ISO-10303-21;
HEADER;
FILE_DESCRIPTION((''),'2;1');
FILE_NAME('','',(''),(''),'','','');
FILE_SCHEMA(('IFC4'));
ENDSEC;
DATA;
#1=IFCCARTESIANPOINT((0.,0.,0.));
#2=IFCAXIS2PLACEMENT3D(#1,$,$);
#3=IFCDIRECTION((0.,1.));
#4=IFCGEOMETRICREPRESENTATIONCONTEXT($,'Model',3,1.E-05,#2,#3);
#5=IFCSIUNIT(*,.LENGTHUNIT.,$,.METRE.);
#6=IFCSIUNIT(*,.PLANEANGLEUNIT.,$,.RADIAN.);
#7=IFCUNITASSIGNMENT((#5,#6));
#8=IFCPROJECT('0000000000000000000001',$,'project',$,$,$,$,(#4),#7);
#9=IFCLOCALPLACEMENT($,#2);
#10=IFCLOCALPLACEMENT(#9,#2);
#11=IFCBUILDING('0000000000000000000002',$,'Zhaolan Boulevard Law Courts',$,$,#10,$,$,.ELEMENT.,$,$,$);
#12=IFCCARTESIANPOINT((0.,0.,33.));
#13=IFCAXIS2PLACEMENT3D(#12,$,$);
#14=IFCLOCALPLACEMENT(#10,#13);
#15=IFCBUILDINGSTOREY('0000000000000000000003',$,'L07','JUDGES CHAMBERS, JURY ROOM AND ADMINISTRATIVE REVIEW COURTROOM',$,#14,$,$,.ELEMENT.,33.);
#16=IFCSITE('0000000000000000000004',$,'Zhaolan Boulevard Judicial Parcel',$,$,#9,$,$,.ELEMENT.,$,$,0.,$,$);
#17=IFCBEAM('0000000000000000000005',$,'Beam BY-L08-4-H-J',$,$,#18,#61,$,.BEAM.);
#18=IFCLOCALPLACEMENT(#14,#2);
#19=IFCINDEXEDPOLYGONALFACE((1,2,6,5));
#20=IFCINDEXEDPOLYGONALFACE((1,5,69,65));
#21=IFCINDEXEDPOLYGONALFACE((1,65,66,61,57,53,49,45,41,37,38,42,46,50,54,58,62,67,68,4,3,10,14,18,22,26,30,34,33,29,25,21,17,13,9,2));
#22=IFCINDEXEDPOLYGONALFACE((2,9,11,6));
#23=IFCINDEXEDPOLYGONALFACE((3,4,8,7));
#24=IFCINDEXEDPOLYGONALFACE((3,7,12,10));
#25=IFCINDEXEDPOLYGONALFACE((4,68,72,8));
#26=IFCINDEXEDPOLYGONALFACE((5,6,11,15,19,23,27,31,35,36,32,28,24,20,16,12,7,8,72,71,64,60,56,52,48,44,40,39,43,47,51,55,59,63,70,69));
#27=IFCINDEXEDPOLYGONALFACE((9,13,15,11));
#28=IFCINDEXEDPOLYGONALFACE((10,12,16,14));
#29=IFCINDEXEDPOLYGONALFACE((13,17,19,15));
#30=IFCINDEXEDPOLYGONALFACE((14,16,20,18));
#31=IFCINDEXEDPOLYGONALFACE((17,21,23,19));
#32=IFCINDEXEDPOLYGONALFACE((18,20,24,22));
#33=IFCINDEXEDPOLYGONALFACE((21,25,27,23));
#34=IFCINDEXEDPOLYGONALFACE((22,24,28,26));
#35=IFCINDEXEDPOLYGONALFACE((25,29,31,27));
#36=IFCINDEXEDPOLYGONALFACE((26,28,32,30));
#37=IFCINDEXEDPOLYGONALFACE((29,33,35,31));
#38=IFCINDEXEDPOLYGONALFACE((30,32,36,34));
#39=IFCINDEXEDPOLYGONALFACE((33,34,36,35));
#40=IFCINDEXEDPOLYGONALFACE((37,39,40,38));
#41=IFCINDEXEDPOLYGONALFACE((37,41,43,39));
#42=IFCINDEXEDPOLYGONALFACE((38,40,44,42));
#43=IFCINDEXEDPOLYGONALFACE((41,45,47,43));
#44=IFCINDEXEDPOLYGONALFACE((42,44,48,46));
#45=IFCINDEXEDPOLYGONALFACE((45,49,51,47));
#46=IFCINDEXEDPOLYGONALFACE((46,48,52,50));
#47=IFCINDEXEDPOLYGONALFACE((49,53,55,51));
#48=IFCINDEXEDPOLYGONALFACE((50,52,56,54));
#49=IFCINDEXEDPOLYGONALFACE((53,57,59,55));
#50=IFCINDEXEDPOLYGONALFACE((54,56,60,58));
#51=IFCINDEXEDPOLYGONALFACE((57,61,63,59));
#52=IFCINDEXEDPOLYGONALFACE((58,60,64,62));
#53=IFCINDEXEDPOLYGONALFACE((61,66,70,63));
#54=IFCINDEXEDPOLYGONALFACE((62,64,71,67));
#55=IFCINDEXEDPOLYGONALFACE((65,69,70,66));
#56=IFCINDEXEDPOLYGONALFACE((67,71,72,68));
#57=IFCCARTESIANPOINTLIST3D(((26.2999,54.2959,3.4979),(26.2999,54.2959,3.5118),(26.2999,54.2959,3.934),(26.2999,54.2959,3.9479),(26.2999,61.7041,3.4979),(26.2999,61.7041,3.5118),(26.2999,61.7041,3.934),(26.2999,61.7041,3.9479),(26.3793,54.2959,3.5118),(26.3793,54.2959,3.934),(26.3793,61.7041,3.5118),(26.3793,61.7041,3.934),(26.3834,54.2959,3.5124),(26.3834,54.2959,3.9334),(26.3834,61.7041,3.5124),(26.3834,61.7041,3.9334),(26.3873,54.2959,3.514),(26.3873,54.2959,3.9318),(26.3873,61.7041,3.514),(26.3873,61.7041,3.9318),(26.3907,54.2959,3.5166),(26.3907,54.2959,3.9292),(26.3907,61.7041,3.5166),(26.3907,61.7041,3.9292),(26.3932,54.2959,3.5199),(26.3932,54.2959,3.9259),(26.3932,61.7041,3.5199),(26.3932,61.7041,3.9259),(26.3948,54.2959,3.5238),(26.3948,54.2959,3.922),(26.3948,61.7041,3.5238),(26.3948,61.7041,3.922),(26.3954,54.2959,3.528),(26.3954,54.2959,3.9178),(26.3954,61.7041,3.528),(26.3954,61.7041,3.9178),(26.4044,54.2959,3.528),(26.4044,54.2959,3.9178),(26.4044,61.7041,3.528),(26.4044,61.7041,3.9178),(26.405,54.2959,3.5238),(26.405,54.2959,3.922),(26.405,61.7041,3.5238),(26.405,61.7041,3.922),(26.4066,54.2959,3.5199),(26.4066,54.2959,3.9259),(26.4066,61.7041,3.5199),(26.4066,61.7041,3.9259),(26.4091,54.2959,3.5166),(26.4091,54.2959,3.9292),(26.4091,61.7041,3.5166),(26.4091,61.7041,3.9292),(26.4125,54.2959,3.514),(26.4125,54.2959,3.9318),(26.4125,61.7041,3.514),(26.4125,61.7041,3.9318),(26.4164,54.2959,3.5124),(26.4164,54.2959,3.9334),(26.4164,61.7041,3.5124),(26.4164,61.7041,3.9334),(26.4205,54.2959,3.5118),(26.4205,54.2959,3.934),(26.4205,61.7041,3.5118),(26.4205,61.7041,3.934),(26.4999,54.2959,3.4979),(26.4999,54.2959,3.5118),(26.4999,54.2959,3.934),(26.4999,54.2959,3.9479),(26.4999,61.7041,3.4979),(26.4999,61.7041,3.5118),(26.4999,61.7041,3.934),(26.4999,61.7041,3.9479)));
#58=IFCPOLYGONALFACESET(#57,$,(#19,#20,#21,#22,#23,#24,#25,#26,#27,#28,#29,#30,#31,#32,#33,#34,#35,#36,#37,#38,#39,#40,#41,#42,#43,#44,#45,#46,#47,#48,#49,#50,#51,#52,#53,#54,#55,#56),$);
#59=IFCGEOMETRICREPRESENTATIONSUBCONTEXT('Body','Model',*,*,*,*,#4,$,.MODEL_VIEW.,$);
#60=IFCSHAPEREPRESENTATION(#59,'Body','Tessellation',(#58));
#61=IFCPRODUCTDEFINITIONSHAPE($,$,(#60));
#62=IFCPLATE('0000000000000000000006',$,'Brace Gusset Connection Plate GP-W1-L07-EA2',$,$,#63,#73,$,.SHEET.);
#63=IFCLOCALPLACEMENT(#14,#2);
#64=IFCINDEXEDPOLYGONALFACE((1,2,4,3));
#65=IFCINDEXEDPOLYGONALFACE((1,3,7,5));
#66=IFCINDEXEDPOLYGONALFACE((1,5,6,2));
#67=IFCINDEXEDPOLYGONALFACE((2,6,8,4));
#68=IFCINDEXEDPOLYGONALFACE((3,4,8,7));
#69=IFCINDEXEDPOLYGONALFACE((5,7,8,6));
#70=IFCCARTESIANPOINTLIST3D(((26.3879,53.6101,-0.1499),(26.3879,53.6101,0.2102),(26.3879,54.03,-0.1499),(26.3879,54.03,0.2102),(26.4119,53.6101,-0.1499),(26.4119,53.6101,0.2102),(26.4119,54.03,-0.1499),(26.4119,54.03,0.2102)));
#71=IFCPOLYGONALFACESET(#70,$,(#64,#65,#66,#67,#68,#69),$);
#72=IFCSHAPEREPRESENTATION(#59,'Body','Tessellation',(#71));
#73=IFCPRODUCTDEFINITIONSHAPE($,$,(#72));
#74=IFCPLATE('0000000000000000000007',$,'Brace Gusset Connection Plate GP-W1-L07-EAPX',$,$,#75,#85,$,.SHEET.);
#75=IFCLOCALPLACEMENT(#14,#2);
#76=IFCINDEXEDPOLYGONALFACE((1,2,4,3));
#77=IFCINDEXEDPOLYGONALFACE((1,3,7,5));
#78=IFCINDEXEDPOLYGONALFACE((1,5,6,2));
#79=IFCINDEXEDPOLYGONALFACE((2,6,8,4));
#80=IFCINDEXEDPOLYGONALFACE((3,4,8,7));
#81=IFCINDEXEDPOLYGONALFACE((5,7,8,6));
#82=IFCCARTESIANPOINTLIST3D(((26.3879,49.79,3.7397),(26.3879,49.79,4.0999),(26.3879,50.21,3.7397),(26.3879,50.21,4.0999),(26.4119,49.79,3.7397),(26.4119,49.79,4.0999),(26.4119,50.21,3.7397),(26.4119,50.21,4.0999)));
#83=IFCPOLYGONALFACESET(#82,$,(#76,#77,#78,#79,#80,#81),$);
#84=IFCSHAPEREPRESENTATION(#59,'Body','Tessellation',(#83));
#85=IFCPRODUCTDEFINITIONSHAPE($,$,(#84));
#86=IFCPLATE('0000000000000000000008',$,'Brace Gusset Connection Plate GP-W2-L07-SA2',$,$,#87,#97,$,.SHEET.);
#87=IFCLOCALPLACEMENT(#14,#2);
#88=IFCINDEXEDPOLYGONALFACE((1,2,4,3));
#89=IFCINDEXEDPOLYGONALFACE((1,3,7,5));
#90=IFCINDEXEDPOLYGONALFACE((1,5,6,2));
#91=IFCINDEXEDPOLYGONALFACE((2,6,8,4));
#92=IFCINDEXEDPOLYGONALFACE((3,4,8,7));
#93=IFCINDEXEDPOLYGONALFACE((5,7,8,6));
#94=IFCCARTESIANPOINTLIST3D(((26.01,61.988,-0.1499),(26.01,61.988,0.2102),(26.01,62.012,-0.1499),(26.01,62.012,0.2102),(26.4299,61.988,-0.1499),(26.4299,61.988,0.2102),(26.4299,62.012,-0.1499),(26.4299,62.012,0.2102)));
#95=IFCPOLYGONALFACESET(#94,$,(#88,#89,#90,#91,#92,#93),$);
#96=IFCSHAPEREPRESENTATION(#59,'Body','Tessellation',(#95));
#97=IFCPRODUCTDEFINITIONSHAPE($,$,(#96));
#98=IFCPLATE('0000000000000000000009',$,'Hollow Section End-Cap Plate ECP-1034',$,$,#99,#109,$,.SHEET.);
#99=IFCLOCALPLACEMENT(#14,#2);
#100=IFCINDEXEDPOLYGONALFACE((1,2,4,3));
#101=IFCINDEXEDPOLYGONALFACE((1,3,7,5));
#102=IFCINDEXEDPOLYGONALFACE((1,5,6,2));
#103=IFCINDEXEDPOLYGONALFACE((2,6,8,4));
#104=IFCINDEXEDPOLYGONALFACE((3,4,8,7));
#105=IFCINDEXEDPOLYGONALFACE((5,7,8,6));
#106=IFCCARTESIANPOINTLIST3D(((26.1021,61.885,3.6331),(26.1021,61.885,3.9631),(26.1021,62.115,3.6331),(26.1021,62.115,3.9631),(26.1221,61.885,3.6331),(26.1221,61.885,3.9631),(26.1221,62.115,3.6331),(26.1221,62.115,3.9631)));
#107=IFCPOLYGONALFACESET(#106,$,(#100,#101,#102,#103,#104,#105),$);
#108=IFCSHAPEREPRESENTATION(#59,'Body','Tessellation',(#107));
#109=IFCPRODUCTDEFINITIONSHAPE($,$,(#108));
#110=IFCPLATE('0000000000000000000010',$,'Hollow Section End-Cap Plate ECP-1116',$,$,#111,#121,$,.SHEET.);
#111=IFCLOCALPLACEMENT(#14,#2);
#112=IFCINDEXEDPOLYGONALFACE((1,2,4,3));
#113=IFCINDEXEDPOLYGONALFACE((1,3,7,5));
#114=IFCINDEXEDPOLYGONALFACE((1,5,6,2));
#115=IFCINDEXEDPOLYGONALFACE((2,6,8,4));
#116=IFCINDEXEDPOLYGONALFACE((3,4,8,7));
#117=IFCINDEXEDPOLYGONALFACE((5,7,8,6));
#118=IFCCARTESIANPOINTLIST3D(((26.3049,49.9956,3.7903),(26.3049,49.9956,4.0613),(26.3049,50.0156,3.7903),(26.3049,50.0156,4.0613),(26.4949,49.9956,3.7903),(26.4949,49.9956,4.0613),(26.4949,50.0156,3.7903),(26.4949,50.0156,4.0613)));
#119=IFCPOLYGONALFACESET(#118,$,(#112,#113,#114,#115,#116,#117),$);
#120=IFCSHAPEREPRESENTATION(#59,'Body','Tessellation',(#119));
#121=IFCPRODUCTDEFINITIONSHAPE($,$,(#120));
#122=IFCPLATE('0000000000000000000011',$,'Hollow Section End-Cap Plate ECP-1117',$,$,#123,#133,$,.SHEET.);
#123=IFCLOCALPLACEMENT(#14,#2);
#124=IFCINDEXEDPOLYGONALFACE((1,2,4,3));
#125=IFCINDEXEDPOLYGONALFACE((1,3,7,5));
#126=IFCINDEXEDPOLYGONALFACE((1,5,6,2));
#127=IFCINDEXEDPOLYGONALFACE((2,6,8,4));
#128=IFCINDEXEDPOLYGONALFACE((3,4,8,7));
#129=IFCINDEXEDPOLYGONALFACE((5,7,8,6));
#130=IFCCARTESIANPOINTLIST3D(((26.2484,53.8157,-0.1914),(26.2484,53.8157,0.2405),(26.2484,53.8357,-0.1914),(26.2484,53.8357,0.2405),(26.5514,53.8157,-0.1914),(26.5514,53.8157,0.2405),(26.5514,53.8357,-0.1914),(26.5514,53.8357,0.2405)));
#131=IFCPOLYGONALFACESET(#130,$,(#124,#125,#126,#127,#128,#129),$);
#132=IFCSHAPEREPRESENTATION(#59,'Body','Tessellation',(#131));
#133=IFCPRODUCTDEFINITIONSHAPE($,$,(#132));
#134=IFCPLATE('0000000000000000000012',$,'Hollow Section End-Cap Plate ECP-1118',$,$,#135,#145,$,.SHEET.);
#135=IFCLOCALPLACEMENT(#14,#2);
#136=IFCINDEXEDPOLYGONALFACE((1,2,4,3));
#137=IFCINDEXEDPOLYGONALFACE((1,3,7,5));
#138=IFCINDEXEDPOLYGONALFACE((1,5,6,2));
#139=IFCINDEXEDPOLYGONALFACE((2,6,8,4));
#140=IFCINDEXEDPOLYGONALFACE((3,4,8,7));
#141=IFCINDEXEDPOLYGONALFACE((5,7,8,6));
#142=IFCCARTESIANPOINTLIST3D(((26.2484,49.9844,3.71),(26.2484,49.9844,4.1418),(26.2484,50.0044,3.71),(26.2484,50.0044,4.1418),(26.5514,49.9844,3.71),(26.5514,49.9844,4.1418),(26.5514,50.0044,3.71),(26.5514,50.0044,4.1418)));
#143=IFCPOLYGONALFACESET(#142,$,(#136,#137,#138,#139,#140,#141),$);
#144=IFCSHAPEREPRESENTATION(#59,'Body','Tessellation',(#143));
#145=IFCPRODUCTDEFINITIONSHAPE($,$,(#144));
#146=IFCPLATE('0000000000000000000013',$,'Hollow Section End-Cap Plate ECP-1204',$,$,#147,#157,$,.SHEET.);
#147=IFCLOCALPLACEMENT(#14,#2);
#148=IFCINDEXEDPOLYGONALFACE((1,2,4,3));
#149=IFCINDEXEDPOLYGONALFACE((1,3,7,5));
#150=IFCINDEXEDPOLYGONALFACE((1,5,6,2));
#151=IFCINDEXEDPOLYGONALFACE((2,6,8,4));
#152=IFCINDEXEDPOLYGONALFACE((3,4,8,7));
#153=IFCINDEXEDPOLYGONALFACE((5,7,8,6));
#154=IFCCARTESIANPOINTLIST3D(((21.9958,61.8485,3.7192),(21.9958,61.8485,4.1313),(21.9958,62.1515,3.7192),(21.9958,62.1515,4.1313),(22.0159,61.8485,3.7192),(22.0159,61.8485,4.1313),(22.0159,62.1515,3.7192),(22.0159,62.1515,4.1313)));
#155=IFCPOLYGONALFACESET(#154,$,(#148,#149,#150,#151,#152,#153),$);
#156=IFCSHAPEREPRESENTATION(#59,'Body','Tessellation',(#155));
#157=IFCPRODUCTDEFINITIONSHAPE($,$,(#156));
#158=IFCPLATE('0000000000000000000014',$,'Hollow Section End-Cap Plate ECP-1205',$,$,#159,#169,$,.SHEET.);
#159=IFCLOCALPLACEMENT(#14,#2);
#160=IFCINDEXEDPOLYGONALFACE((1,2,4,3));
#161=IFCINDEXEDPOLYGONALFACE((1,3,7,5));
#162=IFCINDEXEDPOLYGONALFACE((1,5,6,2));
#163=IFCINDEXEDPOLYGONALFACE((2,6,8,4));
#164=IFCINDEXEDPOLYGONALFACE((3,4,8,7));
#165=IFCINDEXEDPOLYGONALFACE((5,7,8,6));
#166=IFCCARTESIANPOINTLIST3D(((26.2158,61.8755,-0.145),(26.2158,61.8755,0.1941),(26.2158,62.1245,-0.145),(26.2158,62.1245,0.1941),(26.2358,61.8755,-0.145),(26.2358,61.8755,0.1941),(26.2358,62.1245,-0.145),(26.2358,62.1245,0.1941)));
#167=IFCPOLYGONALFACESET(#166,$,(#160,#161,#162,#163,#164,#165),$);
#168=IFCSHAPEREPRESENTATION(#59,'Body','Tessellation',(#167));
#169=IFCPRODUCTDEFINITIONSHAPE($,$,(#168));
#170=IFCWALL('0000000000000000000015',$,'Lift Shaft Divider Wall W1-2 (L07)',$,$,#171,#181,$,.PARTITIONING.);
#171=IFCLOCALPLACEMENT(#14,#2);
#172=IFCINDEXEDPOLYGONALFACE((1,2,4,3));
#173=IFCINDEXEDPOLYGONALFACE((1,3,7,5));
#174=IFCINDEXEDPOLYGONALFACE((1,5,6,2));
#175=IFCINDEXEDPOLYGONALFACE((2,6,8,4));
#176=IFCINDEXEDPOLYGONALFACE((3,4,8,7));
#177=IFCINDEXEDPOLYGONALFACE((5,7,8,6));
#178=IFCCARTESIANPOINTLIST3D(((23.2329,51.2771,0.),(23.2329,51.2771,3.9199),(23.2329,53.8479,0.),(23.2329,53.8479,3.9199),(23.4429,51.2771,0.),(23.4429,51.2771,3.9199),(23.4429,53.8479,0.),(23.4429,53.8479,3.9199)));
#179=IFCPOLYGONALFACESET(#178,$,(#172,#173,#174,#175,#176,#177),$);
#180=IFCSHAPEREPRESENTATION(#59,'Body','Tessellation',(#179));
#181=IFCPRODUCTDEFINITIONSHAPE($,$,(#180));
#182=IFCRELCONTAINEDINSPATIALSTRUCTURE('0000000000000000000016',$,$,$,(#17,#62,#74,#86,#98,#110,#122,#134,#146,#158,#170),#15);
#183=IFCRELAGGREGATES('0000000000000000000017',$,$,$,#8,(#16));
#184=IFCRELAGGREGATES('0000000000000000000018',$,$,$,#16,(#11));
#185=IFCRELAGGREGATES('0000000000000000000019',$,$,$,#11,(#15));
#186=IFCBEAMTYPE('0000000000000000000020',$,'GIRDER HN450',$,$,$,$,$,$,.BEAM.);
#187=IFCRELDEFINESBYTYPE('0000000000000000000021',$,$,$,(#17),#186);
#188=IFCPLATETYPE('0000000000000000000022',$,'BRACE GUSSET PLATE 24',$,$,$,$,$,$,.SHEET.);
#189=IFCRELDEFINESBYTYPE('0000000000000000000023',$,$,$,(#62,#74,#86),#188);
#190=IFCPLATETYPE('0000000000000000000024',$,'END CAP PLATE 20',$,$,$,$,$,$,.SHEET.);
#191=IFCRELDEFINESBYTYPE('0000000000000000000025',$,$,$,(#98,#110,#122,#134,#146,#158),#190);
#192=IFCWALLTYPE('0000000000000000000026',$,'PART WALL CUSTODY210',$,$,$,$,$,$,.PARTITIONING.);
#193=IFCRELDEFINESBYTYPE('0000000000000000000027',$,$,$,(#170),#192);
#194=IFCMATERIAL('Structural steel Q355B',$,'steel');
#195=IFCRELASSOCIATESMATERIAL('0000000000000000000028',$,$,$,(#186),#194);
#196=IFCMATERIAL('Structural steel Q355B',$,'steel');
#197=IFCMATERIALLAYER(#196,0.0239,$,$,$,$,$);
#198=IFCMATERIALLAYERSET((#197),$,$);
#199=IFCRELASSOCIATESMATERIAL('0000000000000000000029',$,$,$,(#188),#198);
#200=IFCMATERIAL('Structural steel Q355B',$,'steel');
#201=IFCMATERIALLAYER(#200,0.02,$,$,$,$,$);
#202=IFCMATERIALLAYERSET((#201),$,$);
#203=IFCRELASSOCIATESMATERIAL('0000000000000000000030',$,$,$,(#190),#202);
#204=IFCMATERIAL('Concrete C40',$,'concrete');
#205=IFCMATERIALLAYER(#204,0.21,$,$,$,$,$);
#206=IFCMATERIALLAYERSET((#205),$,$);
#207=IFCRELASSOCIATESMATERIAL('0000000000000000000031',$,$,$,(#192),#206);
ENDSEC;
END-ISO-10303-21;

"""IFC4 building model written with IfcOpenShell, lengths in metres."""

from ifc_helpers import new_model, si_unit, direction, frame, frame_2d, origin, origin_2d, place, context, subcontext, project, spatial, rectangle, i_section, extrude, material, layer, layer_set, material_profile, profile_set, type_object, element, save


model = new_model("IFC4")

# Units and contexts
model_context = context("Model", 3, precision=1e-05, world=origin(), true_north=direction((0.0, 1.0)))
body_context = subcontext(model_context, "Body", "Model", "MODEL_VIEW")
ifc_project = project(units=[si_unit("LENGTHUNIT", "METRE"), si_unit("PLANEANGLEUNIT", "RADIAN")], contexts=[model_context])

# Site, building, storey
site_placement = place(None, origin())
site = spatial("IfcSite", under=ifc_project, at=site_placement, Name="Zhaolan Boulevard Judicial Parcel", CompositionType="ELEMENT", RefElevation=0.0)
building_placement = place(site_placement, origin())
building = spatial("IfcBuilding", under=site, at=building_placement, Name="Zhaolan Boulevard Law Courts", CompositionType="ELEMENT")
storey_placement = place(building_placement, frame((0.0, 0.0, 33.0)))
storey = spatial("IfcBuildingStorey", under=building, at=storey_placement, Name="L07", Description="JUDGES CHAMBERS, JURY ROOM AND ADMINISTRATIVE REVIEW COURTROOM", CompositionType="ELEMENT", Elevation=33.0)

# Beam
ifc_material_1 = material(Name="Structural steel Q355B", Category="steel")
ifc_material_profile_1 = material_profile(ifc_material_1, i_section(OverallWidth=0.2, OverallDepth=0.45, WebThickness=0.009, FlangeThickness=0.0139, FilletRadius=0.0161, at=origin_2d()), Name="HN450x200")
ifc_profile_set_1 = profile_set([ifc_material_profile_1], Name="Structural steel Q355B")
beam_type = type_object("IfcBeamType", Name="GIRDER HN450", PredefinedType="BEAM", material=ifc_profile_set_1)
beam_1_placement = place(storey_placement, frame((26.3999, 54.2959, 3.7229), z_axis=(0.0, 1.0, 0.0), x_axis=(-1.0, 0.0, 0.0)))
element("IfcBeam", 1, at=beam_1_placement, inside=storey, type_object=beam_type, Name="Beam BY-L08-4-H-J", PredefinedType="BEAM", context=body_context, shape_type="SweptSolid", body=[
    extrude(i_section(OverallWidth=0.2, OverallDepth=0.45, WebThickness=0.009, FlangeThickness=0.0139, FilletRadius=0.0161, at=origin_2d()), origin(), (0.0, 0.0, 1.0), 7.4082),
])

# Plates
ifc_material_2 = material(Name="Structural steel Q355B", Category="steel")
ifc_layer_1 = layer(ifc_material_2, 0.0239)
ifc_layer_set_1 = layer_set([ifc_layer_1])
plate_type_1 = type_object("IfcPlateType", Name="BRACE GUSSET PLATE 24", PredefinedType="SHEET", material=ifc_layer_set_1)
for number, where, z_axis, x_axis, name in (
    (2, (26.3999, 53.8201, -0.1499), (0.0, 0.0, 1.0), (0.0, 1.0, 0.0), "Brace Gusset Connection Plate GP-W1-L07-EA2"),
    (3, (26.3999, 50.0, 3.7397), (0.0, 0.0, 1.0), (0.0, 1.0, 0.0), "Brace Gusset Connection Plate GP-W1-L07-EAPX"),
    (4, (26.22, 62.0, -0.1499), (0.0, 0.0, 1.0), (1.0, 0.0, 0.0), "Brace Gusset Connection Plate GP-W2-L07-SA2"),
):
    element("IfcPlate", number, at=place(storey_placement, frame(where, z_axis=z_axis, x_axis=x_axis)), inside=storey, type_object=plate_type_1, Name=name, PredefinedType="SHEET", context=body_context, shape_type="SweptSolid", body=[
        extrude(rectangle(XDim=0.4199, YDim=0.0239, at=origin_2d()), origin(), (0.0, 0.0, 1.0), 0.3601),
    ])
ifc_material_3 = material(Name="Structural steel Q355B", Category="steel")
ifc_layer_2 = layer(ifc_material_3, 0.02)
ifc_layer_set_2 = layer_set([ifc_layer_2])
plate_type_2 = type_object("IfcPlateType", Name="END CAP PLATE 20", PredefinedType="SHEET", material=ifc_layer_set_2)
plate_1_placement = place(storey_placement, frame((26.1121, 62.0, 3.6331), z_axis=(0.0, 0.0, 1.0), x_axis=(1.0, 0.0, 0.0)))
element("IfcPlate", 5, at=plate_1_placement, inside=storey, type_object=plate_type_2, Name="Hollow Section End-Cap Plate ECP-1034", PredefinedType="SHEET", context=body_context, shape_type="SweptSolid", body=[
    extrude(rectangle(XDim=0.02, YDim=0.23, at=origin_2d()), origin(), (0.0, 0.0, 1.0), 0.3301),
])
plate_2_placement = place(storey_placement, frame((26.3999, 50.0056, 3.7903), z_axis=(0.0, 0.0, 1.0), x_axis=(0.0, 1.0, 0.0)))
element("IfcPlate", 6, at=plate_2_placement, inside=storey, type_object=plate_type_2, Name="Hollow Section End-Cap Plate ECP-1116", PredefinedType="SHEET", context=body_context, shape_type="SweptSolid", body=[
    extrude(rectangle(XDim=0.02, YDim=0.1899, at=origin_2d()), origin(), (0.0, 0.0, 1.0), 0.271),
])
for number, where, z_axis, x_axis, name in (
    (7, (26.3999, 53.8257, -0.1914), (0.0, 0.0, 1.0), (0.0, -1.0, 0.0), "Hollow Section End-Cap Plate ECP-1117"),
    (8, (26.3999, 49.9944, 3.71), (0.0, 0.0, 1.0), (0.0, -1.0, 0.0), "Hollow Section End-Cap Plate ECP-1118"),
):
    element("IfcPlate", number, at=place(storey_placement, frame(where, z_axis=z_axis, x_axis=x_axis)), inside=storey, type_object=plate_type_2, Name=name, PredefinedType="SHEET", context=body_context, shape_type="SweptSolid", body=[
        extrude(rectangle(XDim=0.02, YDim=0.303, at=origin_2d()), origin(), (0.0, 0.0, 1.0), 0.4319),
    ])
plate_3_placement = place(storey_placement, frame((22.0059, 62.0, 3.7192), z_axis=(0.0, 0.0, 1.0), x_axis=(1.0, 0.0, 0.0)))
element("IfcPlate", 9, at=plate_3_placement, inside=storey, type_object=plate_type_2, Name="Hollow Section End-Cap Plate ECP-1204", PredefinedType="SHEET", context=body_context, shape_type="SweptSolid", body=[
    extrude(rectangle(XDim=0.02, YDim=0.303, at=origin_2d()), origin(), (0.0, 0.0, 1.0), 0.4121),
])
plate_4_placement = place(storey_placement, frame((26.2258, 62.0, -0.145), z_axis=(0.0, 0.0, 1.0), x_axis=(-1.0, 0.0, 0.0)))
element("IfcPlate", 10, at=plate_4_placement, inside=storey, type_object=plate_type_2, Name="Hollow Section End-Cap Plate ECP-1205", PredefinedType="SHEET", context=body_context, shape_type="SweptSolid", body=[
    extrude(rectangle(XDim=0.02, YDim=0.249, at=origin_2d()), origin(), (0.0, 0.0, 1.0), 0.3391),
])

# Wall
ifc_material_4 = material(Name="Concrete C40", Category="concrete")
ifc_layer_3 = layer(ifc_material_4, 0.21)
ifc_layer_set_3 = layer_set([ifc_layer_3])
wall_type_1 = type_object("IfcWallType", Name="PART WALL CUSTODY210", PredefinedType="PARTITIONING", material=ifc_layer_set_3)
wall_1_placement = place(storey_placement, frame((23.3379, 51.2771, 0.0), z_axis=(0.0, 0.0, 1.0), x_axis=(0.0, 1.0, 0.0)))
element("IfcWall", 11, at=wall_1_placement, inside=storey, type_object=wall_type_1, Name="Lift Shaft Divider Wall W1-2 (L07)", PredefinedType="PARTITIONING", context=body_context, shape_type="SweptSolid", body=[
    extrude(rectangle(XDim=2.5708, YDim=0.21, at=frame_2d((1.2854, 0.0))), origin(), (0.0, 0.0, 1.0), 3.9199),
])

save(model, "model.ifc")
